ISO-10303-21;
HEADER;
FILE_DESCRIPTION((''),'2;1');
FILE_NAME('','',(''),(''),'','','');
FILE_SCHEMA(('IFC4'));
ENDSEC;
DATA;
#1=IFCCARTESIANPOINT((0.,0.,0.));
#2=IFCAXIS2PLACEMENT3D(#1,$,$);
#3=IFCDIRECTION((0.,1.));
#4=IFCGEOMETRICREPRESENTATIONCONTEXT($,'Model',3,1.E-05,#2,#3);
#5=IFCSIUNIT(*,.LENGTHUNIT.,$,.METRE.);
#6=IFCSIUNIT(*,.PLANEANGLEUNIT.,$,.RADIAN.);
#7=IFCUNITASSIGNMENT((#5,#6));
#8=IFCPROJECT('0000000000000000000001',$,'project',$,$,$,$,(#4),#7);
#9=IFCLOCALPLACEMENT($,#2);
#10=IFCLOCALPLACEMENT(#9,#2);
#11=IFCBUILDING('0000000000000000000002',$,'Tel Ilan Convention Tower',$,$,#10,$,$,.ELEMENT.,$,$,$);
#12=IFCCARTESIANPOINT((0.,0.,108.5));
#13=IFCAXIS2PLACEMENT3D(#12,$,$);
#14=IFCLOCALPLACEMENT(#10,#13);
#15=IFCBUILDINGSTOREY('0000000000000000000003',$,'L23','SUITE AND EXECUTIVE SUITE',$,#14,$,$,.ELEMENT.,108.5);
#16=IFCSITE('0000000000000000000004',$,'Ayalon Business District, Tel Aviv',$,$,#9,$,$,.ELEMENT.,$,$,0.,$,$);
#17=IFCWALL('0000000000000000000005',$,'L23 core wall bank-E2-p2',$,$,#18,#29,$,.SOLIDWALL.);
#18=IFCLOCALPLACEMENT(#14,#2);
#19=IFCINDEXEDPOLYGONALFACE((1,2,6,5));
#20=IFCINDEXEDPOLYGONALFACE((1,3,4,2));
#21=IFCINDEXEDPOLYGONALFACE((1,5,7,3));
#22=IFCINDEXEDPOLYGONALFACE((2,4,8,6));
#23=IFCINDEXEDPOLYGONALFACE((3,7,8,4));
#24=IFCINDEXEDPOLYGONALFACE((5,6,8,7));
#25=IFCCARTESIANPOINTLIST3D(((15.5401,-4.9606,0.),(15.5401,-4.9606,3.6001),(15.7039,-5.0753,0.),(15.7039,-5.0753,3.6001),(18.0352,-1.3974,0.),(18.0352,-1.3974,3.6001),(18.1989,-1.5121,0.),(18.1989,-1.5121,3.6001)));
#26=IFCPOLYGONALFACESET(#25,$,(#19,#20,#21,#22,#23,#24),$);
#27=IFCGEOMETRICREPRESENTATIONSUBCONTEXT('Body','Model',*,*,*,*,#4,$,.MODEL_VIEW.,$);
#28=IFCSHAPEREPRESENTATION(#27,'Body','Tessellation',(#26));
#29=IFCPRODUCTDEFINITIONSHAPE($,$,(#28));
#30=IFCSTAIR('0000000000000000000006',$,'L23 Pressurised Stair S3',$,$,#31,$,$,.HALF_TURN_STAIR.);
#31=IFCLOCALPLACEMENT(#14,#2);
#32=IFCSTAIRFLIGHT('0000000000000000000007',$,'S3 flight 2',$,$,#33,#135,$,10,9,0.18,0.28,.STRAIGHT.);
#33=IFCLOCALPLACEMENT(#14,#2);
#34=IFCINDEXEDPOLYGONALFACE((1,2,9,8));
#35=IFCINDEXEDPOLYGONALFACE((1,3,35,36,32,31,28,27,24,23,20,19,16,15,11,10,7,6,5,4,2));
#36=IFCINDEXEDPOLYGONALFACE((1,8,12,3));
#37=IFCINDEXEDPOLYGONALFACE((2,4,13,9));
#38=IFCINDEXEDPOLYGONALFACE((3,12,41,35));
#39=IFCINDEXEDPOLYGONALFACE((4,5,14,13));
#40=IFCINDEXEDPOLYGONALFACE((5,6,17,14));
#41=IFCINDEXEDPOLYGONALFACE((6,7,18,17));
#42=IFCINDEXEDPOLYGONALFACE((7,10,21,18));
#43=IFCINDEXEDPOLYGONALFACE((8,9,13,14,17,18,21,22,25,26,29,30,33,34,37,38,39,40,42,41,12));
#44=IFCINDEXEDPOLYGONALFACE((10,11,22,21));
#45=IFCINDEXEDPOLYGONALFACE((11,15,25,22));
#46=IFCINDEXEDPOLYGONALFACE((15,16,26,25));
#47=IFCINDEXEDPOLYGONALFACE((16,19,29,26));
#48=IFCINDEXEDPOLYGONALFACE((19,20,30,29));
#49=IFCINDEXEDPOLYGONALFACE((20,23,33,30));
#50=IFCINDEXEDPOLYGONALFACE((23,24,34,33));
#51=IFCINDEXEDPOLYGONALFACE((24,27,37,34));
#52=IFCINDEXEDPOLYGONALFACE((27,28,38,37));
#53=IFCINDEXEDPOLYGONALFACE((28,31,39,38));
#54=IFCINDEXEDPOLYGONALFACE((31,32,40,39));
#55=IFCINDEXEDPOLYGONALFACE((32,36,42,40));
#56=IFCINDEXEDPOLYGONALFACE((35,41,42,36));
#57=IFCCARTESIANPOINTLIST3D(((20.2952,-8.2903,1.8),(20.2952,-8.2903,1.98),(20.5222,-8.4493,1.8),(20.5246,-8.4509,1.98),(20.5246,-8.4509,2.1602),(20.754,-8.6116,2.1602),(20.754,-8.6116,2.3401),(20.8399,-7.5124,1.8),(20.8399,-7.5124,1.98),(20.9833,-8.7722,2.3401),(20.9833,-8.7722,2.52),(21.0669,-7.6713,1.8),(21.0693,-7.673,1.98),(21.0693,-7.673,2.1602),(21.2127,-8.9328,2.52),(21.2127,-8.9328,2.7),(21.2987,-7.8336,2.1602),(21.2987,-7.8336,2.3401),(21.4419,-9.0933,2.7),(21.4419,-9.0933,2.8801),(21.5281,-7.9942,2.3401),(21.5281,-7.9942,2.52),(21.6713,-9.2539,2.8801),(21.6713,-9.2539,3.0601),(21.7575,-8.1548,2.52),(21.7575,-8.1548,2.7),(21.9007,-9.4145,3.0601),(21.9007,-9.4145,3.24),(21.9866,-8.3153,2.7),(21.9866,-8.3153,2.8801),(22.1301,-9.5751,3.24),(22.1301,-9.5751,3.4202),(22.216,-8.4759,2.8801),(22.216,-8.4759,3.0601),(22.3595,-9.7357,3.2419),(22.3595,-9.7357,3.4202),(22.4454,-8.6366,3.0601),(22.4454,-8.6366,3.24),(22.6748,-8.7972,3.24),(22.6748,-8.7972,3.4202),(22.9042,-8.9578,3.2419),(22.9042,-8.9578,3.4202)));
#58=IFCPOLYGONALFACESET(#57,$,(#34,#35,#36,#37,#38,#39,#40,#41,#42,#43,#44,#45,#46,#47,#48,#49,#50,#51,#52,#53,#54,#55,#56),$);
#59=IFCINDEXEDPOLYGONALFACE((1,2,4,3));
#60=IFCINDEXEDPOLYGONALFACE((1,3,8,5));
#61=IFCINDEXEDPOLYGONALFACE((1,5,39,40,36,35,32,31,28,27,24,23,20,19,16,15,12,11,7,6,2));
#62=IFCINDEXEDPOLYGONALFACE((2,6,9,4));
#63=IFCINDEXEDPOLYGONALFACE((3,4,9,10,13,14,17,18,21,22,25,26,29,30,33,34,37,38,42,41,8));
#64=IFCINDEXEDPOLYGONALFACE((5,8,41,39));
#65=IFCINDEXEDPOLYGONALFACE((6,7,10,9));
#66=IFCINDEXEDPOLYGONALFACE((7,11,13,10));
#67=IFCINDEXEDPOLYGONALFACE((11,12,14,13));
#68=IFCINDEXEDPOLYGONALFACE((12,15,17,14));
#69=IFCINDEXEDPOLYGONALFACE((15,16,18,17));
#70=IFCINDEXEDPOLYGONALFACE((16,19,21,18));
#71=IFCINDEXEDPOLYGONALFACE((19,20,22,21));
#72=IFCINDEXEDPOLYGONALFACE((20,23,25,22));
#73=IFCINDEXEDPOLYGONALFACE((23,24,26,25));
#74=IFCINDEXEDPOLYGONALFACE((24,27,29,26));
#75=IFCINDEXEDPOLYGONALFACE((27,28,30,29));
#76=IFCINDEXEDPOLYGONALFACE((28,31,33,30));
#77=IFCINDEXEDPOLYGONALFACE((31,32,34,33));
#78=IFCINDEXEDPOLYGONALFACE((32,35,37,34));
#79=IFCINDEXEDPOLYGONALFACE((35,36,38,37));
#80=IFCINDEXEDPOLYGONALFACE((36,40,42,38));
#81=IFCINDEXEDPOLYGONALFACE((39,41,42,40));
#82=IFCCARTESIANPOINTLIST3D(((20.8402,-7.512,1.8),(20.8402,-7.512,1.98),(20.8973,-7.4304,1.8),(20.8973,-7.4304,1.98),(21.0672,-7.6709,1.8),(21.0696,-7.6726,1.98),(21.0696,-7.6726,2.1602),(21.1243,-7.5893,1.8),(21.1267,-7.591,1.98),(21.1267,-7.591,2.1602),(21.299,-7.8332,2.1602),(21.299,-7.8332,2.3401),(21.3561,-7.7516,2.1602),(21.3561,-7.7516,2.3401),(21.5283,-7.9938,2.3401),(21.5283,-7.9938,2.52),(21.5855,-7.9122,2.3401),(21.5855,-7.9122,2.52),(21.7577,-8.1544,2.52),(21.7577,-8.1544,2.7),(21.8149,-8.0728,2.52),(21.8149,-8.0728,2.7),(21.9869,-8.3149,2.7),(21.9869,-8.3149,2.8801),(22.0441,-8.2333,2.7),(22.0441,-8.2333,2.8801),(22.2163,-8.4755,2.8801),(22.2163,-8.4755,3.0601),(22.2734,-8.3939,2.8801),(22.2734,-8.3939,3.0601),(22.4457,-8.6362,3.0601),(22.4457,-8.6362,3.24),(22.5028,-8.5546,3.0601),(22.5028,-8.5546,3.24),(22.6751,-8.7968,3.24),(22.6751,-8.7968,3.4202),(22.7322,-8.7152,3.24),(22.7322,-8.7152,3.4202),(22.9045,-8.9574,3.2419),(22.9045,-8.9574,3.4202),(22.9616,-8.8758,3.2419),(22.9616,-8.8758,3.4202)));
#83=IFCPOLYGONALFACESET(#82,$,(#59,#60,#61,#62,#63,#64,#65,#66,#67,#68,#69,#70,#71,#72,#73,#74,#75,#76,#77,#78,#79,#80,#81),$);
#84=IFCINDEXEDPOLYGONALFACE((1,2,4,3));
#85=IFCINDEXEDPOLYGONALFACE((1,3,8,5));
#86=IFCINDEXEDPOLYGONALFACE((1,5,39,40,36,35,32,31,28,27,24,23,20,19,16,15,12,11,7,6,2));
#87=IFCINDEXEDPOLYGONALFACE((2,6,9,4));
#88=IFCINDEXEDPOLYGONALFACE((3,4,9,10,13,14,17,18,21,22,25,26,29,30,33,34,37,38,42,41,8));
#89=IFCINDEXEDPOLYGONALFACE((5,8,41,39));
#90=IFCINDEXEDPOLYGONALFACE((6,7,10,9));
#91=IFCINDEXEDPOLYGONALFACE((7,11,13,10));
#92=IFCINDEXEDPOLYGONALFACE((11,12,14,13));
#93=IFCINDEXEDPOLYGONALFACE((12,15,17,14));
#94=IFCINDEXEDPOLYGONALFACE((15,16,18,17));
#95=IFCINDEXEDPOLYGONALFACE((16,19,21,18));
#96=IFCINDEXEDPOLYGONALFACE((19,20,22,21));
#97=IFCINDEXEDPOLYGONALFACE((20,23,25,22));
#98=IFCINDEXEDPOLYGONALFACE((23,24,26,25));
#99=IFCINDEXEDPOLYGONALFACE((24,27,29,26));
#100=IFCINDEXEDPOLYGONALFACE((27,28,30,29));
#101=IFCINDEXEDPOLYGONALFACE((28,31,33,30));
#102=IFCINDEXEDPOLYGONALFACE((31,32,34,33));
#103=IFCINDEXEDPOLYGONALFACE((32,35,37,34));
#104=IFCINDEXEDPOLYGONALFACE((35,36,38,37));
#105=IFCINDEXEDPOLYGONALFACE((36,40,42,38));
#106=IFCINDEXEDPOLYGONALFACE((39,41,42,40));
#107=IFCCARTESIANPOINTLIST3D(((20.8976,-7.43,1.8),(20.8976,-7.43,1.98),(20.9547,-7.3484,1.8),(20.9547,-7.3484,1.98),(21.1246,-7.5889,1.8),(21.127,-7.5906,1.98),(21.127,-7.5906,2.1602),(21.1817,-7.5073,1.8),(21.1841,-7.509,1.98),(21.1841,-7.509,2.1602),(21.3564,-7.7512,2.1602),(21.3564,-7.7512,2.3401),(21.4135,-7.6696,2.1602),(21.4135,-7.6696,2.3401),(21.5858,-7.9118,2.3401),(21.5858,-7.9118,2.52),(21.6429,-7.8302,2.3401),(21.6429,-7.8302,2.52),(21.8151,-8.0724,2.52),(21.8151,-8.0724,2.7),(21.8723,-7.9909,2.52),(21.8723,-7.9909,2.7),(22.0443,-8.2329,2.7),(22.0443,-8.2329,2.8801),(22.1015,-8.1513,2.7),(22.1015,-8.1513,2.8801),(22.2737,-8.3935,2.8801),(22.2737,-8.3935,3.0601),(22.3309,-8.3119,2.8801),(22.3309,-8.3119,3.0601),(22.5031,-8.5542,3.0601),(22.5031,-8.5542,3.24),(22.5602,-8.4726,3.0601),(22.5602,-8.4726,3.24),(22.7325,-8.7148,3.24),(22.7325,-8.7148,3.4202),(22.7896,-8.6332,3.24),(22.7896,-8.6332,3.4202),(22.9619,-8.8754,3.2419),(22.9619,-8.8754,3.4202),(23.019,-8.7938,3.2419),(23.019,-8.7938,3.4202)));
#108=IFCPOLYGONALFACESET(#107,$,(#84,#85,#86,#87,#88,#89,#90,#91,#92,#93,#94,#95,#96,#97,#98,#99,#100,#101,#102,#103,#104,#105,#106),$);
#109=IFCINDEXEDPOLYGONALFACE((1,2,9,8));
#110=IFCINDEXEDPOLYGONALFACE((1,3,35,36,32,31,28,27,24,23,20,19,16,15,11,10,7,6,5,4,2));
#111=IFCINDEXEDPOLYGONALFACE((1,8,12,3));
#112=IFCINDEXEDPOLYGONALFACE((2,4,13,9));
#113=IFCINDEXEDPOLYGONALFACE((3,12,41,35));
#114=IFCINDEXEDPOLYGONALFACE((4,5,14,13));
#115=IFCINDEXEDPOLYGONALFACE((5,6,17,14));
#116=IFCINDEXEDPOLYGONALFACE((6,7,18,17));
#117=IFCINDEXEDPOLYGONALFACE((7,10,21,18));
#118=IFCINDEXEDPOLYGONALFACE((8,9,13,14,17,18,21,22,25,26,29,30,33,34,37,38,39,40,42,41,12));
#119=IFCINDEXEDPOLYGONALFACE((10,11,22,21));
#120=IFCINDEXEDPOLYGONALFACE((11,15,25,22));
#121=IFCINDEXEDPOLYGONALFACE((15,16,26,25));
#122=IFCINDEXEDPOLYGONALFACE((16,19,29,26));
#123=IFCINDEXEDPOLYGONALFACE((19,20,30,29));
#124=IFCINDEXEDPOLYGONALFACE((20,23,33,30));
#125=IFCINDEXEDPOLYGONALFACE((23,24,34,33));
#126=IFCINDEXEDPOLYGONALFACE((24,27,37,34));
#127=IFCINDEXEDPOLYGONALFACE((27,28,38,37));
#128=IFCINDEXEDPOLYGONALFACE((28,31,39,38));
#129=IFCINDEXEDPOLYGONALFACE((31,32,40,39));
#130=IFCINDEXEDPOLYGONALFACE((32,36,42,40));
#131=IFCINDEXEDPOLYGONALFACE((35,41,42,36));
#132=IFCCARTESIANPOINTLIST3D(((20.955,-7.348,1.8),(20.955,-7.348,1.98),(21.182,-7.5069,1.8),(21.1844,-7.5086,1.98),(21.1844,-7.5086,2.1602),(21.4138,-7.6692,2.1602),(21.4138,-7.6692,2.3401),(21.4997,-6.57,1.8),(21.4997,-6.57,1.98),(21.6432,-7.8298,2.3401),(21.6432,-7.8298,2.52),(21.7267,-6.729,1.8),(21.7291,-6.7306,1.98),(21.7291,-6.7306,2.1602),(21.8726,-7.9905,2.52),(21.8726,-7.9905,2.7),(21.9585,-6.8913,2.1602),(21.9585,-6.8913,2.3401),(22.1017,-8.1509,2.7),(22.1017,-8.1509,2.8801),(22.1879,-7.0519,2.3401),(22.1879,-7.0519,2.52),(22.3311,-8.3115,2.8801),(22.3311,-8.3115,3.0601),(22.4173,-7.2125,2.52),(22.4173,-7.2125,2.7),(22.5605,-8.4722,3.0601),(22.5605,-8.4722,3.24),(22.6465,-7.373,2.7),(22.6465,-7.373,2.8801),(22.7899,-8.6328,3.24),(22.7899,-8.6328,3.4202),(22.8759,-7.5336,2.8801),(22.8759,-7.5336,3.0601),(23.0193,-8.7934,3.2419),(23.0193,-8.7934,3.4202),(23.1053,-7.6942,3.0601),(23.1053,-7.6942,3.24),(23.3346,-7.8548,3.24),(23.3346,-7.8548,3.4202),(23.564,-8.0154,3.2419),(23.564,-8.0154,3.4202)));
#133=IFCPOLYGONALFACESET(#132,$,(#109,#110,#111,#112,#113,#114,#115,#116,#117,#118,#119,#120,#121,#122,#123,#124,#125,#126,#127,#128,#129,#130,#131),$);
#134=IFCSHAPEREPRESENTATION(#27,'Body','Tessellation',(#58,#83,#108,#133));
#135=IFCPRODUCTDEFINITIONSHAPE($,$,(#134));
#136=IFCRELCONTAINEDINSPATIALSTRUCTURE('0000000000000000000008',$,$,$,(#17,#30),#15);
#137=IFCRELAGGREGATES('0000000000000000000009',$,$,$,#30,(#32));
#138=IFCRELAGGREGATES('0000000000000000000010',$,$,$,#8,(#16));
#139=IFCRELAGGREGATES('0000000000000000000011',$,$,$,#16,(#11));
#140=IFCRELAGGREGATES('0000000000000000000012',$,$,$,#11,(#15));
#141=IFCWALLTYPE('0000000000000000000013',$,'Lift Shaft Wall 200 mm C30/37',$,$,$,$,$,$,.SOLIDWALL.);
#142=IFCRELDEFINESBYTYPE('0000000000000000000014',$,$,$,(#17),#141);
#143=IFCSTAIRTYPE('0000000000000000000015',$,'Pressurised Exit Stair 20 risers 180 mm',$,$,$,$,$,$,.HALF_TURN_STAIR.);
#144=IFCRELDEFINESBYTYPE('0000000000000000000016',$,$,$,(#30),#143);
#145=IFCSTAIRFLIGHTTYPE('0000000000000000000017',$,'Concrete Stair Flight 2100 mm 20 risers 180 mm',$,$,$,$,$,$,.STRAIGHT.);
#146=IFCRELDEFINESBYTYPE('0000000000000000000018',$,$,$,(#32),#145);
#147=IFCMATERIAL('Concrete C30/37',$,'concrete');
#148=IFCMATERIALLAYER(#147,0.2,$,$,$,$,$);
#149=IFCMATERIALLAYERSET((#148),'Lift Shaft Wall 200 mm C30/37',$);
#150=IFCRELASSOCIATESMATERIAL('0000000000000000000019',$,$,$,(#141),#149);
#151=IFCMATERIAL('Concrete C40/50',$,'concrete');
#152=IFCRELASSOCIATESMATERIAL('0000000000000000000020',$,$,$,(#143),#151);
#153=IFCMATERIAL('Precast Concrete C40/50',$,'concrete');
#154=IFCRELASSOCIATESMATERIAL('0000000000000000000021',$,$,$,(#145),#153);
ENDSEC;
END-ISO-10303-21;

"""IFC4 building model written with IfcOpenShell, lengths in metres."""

from ifc_helpers import new_model, si_unit, direction, frame, frame_2d, origin, place, context, subcontext, project, spatial, polyline, rectangle, outline, extrude, material, layer, layer_set, type_object, element, aggregate, save


model = new_model("IFC4")

# Units and contexts
model_context = context("Model", 3, precision=1e-05, world=origin(), true_north=direction((0.0, 1.0)))
body_context = subcontext(model_context, "Body", "Model", "MODEL_VIEW")
ifc_project = project(units=[si_unit("LENGTHUNIT", "METRE"), si_unit("PLANEANGLEUNIT", "RADIAN")], contexts=[model_context])

# Site, building, storey
site_placement = place(None, origin())
site = spatial("IfcSite", under=ifc_project, at=site_placement, Name="Ayalon Business District, Tel Aviv", CompositionType="ELEMENT", RefElevation=0.0)
building_placement = place(site_placement, origin())
building = spatial("IfcBuilding", under=site, at=building_placement, Name="Tel Ilan Convention Tower", CompositionType="ELEMENT")
storey_placement = place(building_placement, frame((0.0, 0.0, 108.5)))
storey = spatial("IfcBuildingStorey", under=building, at=storey_placement, Name="L23", Description="SUITE AND EXECUTIVE SUITE", CompositionType="ELEMENT", Elevation=108.5)

# Wall
ifc_material_1 = material(Name="Concrete C30/37", Category="concrete")
ifc_layer_1 = layer(ifc_material_1, 0.2)
ifc_layer_set_1 = layer_set([ifc_layer_1], Name="Lift Shaft Wall 200 mm C30/37")
wall_type_1 = type_object("IfcWallType", Name="Lift Shaft Wall 200 mm C30/37", PredefinedType="SOLIDWALL", material=ifc_layer_set_1)
wall_1_placement = place(storey_placement, frame((15.6221, -5.0178, 0.0), z_axis=(0.0, 0.0, 1.0), x_axis=(0.573594, 0.81914, 0.0)))
element("IfcWall", 1, at=wall_1_placement, inside=storey, type_object=wall_type_1, Name="L23 core wall bank-E2-p2", PredefinedType="SOLIDWALL", context=body_context, shape_type="SweptSolid", body=[
    extrude(rectangle(XDim=4.3499, YDim=0.2, at=frame_2d((2.1748, 0.0))), origin(), (0.0, 0.0, 1.0), 3.6001),
])

# Stair, stair flight
ifc_material_2 = material(Name="Concrete C40/50", Category="concrete")
stair_type = type_object("IfcStairType", Name="Pressurised Exit Stair 20 risers 180 mm", PredefinedType="HALF_TURN_STAIR", material=ifc_material_2)
stair_1_placement = place(storey_placement, origin())
stair_1 = element("IfcStair", 2, at=stair_1_placement, inside=storey, type_object=stair_type, Name="L23 Pressurised Stair S3", PredefinedType="HALF_TURN_STAIR")
ifc_material_3 = material(Name="Precast Concrete C40/50", Category="concrete")
stair_flight_type = type_object("IfcStairFlightType", Name="Concrete Stair Flight 2100 mm 20 risers 180 mm", PredefinedType="STRAIGHT", material=ifc_material_3)
stair_flight_1_placement = place(storey_placement, frame((20.8975, -7.4302, 1.8), z_axis=(0.0, 0.0, 1.0), x_axis=(0.819152, -0.573576, 0.0)))
stair_flight_1 = element("IfcStairFlight", 3, at=stair_flight_1_placement, type_object=stair_flight_type, Name="S3 flight 2", NumberOfRisers=10, NumberOfTreads=9, PredefinedType="STRAIGHT", RiserHeight=0.18, TreadLength=0.28, context=body_context, shape_type="SweptSolid", body=[
    extrude(outline(polyline([(0.0, 0.0), (0.0, 0.1799), (0.28, 0.1799), (0.28, 0.3601), (0.5601, 0.3601), (0.5601, 0.54), (0.8401, 0.54), (0.8401, 0.72), (1.1201, 0.72), (1.1201, 0.8999), (1.3999, 0.8999), (1.3999, 1.0801), (1.6799, 1.0801), (1.6799, 1.26), (1.96, 1.26), (1.96, 1.4399), (2.24, 1.4399), (2.24, 1.6201), (2.52, 1.6201), (2.52, 1.8), (2.52, 1.4419), (0.2771, 0.0), (0.0, 0.0)])), frame((0.0, -0.1003, 0.0), z_axis=(0.0, -1.0, 0.0), x_axis=(1.0, 0.0, 0.0)), (0.0, 0.0, 1.0), 0.9497),
    extrude(outline(polyline([(0.0, 0.0), (0.0, 0.1799), (0.28, 0.1799), (0.28, 0.3601), (0.5601, 0.3601), (0.5601, 0.54), (0.8401, 0.54), (0.8401, 0.72), (1.1201, 0.72), (1.1201, 0.8999), (1.3999, 0.8999), (1.3999, 1.0801), (1.6799, 1.0801), (1.6799, 1.26), (1.96, 1.26), (1.96, 1.4399), (2.24, 1.4399), (2.24, 1.6201), (2.52, 1.6201), (2.52, 1.8), (2.52, 1.4419), (0.2771, 0.0), (0.0, 0.0)])), frame((0.0, -0.0002, 0.0), z_axis=(0.0, -1.0, 0.0), x_axis=(1.0, 0.0, 0.0)), (0.0, 0.0, 1.0), 0.0996),
    extrude(outline(polyline([(0.0, 0.0), (0.0, 0.1799), (0.28, 0.1799), (0.28, 0.3601), (0.5601, 0.3601), (0.5601, 0.54), (0.8401, 0.54), (0.8401, 0.72), (1.1201, 0.72), (1.1201, 0.8999), (1.3999, 0.8999), (1.3999, 1.0801), (1.6799, 1.0801), (1.6799, 1.26), (1.96, 1.26), (1.96, 1.4399), (2.24, 1.4399), (2.24, 1.6201), (2.52, 1.6201), (2.52, 1.8), (2.52, 1.4419), (0.2771, 0.0), (0.0, 0.0)])), frame((0.0, 0.0999, 0.0), z_axis=(0.0, -1.0, 0.0), x_axis=(1.0, 0.0, 0.0)), (0.0, 0.0, 1.0), 0.0996),
    extrude(outline(polyline([(0.0, 0.0), (0.0, 0.1799), (0.28, 0.1799), (0.28, 0.3601), (0.5601, 0.3601), (0.5601, 0.54), (0.8401, 0.54), (0.8401, 0.72), (1.1201, 0.72), (1.1201, 0.8999), (1.3999, 0.8999), (1.3999, 1.0801), (1.6799, 1.0801), (1.6799, 1.26), (1.96, 1.26), (1.96, 1.4399), (2.24, 1.4399), (2.24, 1.6201), (2.52, 1.6201), (2.52, 1.8), (2.52, 1.4419), (0.2771, 0.0), (0.0, 0.0)])), frame((0.0, 1.05, 0.0), z_axis=(0.0, -1.0, 0.0), x_axis=(1.0, 0.0, 0.0)), (0.0, 0.0, 1.0), 0.9497),
])
aggregate(stair_1, [stair_flight_1])

save(model, "model.ifc")
